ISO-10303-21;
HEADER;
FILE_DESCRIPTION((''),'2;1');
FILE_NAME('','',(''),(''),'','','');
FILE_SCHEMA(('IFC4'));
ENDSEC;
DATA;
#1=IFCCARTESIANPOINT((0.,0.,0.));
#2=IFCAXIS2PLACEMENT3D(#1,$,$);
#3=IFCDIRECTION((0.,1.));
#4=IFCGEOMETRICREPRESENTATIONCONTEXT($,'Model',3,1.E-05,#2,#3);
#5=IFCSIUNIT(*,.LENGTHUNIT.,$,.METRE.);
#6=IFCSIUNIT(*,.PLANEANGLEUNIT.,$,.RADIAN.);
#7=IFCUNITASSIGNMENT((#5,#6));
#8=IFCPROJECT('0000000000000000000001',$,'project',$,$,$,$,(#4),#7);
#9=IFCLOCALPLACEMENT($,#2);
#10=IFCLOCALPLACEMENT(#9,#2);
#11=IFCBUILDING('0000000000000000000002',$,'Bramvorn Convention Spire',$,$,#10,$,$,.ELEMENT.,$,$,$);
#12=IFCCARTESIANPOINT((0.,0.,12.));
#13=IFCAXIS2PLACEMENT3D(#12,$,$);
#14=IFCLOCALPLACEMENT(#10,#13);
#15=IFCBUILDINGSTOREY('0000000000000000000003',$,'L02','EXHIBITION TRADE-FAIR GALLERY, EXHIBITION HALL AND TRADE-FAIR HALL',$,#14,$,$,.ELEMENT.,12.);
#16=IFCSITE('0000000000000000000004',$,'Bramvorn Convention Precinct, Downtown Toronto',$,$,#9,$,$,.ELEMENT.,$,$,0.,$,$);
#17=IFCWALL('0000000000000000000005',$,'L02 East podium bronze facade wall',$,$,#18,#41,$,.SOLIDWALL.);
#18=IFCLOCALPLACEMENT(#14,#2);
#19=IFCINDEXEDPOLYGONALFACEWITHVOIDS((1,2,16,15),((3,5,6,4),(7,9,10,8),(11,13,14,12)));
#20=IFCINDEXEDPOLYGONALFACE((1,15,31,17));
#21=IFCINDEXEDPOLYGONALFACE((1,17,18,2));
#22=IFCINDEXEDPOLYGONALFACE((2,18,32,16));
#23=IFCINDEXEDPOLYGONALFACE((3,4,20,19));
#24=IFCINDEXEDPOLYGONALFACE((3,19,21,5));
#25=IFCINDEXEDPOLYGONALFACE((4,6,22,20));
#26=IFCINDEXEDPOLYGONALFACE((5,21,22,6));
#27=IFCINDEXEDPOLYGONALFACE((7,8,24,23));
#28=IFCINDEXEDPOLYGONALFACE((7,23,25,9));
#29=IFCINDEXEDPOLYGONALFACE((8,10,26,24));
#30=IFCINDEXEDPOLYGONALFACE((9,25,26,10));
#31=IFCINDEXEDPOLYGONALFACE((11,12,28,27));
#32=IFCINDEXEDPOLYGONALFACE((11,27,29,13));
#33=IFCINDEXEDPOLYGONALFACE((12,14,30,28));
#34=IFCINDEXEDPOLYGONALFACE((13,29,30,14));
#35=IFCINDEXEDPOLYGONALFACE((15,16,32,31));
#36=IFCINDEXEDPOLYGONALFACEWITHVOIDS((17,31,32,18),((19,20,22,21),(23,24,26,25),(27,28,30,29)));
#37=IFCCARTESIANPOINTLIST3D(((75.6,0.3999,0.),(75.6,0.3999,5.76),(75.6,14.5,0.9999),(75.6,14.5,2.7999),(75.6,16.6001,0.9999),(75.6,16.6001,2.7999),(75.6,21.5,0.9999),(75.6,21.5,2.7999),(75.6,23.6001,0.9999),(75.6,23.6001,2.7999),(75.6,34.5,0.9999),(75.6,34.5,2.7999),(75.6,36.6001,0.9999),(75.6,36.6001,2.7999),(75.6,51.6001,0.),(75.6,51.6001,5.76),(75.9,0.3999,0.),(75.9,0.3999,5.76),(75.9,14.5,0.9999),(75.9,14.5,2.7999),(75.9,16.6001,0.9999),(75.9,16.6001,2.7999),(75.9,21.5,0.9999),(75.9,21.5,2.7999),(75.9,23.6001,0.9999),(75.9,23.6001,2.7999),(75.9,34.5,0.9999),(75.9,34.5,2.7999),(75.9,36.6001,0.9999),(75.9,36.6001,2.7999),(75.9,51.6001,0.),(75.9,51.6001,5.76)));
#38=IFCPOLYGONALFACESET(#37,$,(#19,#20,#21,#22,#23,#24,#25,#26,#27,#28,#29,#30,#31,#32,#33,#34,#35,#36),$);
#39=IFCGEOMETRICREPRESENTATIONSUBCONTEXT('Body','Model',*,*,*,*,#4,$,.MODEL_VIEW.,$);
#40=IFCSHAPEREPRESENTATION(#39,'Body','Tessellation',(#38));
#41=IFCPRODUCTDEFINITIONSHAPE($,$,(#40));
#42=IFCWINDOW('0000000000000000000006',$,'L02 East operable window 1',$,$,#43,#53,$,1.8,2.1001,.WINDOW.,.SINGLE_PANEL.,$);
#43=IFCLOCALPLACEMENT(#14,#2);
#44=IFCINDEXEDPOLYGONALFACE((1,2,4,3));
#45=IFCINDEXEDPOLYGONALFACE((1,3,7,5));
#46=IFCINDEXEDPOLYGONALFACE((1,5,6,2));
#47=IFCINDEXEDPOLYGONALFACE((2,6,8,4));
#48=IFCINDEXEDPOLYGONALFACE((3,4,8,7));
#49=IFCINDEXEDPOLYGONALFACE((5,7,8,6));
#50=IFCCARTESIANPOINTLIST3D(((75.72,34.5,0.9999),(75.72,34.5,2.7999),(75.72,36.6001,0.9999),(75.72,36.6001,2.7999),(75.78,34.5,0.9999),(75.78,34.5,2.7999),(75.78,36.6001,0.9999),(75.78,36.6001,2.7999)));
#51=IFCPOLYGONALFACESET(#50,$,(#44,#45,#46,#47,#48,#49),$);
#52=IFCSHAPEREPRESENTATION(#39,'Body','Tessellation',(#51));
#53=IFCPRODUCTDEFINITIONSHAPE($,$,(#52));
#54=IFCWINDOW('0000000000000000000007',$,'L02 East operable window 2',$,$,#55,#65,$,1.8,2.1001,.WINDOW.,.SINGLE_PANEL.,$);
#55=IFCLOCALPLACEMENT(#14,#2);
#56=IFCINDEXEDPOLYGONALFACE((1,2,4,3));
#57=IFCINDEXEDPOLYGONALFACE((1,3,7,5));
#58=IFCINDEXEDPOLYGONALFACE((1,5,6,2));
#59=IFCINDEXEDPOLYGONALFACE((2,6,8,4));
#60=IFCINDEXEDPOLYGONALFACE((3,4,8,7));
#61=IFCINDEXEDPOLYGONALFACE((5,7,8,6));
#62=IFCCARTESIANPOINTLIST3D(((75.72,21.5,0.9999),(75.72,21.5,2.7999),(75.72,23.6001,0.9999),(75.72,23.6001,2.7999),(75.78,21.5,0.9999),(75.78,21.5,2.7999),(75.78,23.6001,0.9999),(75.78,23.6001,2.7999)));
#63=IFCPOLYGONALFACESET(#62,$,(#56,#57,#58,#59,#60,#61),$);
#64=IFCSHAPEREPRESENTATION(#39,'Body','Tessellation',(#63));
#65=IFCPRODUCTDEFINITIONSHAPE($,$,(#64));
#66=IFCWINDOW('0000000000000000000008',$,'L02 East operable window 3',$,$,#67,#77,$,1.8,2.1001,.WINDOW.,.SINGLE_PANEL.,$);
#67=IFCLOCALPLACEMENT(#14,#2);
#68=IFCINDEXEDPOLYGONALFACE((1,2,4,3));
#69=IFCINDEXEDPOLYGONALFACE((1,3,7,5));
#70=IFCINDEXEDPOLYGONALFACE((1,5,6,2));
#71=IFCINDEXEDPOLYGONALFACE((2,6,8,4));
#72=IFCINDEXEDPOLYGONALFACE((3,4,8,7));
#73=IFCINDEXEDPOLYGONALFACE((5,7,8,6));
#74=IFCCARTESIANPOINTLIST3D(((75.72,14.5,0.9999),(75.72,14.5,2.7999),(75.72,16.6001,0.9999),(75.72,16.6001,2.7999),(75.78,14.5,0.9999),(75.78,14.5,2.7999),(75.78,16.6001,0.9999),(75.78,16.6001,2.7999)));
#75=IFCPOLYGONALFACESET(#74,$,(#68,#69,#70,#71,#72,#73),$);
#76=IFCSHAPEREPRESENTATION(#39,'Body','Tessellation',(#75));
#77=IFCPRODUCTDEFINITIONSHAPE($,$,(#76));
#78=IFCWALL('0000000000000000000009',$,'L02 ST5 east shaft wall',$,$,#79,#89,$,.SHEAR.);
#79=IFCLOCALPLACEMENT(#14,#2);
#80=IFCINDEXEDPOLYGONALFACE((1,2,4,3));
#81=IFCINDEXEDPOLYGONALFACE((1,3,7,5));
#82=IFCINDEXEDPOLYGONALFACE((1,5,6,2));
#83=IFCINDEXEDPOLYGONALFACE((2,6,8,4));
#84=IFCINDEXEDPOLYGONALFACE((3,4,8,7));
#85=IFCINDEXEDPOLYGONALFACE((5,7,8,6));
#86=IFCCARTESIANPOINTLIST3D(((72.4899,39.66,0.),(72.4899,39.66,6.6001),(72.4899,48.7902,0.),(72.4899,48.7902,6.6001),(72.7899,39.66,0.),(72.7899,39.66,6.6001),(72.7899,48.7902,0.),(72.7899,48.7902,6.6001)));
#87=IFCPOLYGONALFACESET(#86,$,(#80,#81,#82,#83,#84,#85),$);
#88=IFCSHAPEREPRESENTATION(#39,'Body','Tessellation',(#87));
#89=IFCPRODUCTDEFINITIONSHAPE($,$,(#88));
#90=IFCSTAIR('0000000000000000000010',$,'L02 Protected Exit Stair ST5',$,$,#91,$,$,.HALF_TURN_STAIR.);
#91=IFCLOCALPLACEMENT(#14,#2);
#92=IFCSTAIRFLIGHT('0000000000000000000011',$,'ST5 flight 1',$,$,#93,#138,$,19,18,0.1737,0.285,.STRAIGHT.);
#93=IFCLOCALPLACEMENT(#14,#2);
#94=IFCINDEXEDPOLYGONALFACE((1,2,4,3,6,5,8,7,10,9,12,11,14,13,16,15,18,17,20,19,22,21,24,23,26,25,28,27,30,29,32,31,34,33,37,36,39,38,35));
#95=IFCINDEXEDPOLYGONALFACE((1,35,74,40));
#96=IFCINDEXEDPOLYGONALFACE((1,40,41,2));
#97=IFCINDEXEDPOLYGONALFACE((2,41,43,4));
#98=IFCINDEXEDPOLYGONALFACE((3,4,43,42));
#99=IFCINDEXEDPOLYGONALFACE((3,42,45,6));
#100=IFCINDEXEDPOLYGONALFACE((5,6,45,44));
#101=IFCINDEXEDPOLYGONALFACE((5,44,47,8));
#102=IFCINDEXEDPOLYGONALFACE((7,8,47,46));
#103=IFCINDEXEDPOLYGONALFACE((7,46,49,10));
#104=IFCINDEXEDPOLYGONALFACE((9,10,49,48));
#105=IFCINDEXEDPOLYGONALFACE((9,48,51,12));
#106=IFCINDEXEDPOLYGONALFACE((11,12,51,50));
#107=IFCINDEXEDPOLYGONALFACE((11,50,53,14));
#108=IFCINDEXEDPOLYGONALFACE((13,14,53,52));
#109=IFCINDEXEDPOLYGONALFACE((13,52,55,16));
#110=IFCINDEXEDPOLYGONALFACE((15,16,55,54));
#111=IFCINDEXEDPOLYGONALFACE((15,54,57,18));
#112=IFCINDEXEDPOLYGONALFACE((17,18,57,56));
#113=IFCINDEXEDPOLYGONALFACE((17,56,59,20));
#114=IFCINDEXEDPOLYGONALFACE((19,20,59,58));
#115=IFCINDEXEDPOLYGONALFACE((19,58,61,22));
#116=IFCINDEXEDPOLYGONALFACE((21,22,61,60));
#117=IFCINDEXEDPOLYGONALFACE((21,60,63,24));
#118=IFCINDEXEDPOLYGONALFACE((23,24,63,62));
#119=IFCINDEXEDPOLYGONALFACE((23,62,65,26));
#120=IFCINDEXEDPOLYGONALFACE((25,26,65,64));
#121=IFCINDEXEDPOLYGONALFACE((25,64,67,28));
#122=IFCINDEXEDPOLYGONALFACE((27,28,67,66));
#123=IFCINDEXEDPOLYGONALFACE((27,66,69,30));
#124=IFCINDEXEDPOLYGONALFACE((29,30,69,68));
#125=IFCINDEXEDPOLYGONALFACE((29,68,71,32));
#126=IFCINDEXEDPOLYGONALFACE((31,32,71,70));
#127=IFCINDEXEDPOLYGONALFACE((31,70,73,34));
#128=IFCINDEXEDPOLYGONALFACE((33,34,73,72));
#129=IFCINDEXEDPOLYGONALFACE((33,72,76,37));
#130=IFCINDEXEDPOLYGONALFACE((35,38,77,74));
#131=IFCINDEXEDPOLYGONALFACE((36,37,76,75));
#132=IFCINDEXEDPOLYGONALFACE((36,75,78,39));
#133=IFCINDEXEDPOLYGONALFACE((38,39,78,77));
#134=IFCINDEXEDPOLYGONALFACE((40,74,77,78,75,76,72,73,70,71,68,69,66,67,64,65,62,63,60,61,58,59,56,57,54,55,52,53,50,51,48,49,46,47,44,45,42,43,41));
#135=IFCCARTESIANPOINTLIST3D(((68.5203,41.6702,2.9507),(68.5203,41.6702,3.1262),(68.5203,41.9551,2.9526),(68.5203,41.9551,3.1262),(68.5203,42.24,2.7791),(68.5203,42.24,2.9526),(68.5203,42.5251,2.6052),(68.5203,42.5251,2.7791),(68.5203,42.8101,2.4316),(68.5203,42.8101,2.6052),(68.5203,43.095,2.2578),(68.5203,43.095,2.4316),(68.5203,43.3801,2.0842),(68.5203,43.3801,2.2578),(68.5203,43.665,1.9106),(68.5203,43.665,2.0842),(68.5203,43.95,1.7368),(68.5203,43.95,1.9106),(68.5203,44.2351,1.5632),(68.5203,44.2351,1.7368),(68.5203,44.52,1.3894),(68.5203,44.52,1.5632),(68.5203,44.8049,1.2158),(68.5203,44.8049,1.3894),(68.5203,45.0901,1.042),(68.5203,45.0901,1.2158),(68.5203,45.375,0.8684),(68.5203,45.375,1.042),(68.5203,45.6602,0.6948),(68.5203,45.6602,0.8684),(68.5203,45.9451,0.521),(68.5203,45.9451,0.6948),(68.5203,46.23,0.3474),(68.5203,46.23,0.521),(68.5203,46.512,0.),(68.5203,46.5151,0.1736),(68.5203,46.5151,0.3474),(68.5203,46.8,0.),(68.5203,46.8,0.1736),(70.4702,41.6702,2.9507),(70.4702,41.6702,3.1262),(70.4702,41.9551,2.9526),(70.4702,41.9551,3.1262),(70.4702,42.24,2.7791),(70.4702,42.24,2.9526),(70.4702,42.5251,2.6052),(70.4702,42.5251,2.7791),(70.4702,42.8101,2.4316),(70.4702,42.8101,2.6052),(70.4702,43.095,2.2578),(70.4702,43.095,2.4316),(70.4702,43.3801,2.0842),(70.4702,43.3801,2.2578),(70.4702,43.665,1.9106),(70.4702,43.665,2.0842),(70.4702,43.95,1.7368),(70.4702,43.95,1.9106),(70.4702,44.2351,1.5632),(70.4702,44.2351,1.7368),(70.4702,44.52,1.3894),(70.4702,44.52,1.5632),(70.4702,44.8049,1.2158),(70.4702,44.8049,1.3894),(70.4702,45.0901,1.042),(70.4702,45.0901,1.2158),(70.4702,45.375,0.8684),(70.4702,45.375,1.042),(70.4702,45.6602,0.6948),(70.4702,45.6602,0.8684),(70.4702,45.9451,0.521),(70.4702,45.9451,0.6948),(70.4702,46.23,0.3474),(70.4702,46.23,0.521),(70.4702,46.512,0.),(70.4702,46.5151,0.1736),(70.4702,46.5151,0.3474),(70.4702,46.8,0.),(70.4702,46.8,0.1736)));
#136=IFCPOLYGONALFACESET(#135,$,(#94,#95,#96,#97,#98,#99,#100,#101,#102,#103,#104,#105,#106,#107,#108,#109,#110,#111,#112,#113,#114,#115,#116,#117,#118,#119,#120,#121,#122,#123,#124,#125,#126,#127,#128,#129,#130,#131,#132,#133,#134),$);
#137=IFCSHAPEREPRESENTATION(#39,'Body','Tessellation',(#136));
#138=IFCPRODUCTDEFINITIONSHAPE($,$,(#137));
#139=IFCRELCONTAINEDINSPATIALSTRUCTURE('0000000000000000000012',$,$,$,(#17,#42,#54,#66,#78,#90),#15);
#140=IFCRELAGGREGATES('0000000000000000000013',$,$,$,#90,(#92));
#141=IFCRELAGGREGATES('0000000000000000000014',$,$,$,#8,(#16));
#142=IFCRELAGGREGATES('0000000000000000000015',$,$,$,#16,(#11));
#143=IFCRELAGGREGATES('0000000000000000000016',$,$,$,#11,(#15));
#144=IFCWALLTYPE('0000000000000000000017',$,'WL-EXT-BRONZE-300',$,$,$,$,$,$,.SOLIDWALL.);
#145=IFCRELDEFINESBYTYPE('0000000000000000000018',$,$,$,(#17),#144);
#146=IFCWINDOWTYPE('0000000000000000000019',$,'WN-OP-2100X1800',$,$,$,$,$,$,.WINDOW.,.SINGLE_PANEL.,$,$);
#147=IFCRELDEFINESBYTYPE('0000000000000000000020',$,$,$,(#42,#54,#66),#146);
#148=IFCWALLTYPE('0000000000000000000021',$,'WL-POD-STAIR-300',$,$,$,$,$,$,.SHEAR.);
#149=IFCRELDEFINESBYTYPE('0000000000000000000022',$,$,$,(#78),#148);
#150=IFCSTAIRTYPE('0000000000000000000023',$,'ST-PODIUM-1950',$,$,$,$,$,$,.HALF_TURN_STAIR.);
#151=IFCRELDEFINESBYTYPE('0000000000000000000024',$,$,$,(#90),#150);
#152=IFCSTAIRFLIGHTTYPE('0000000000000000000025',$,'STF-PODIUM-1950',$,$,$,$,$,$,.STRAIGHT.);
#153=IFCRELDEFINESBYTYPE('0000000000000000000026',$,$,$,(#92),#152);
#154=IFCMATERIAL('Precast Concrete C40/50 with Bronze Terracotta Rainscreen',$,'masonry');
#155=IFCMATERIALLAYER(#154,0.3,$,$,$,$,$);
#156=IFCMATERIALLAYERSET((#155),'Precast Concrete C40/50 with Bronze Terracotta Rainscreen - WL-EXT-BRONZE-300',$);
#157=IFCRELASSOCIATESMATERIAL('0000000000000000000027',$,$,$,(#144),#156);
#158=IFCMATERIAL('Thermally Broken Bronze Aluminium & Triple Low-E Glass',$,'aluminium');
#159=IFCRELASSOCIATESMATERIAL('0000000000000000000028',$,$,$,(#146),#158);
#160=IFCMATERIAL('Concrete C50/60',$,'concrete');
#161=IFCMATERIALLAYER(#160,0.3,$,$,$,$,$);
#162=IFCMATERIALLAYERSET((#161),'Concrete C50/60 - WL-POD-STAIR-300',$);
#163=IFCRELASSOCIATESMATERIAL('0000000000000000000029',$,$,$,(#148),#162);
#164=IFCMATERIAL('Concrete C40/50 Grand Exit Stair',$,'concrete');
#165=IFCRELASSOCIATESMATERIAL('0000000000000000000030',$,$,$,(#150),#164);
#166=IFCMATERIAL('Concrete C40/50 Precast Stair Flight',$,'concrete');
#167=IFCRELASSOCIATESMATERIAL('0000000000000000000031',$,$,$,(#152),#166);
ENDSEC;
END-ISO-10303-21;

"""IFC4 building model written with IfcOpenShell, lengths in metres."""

from ifc_helpers import new_model, si_unit, direction, frame, frame_2d, origin, place, context, subcontext, project, spatial, polyline, rectangle, outline, extrude, material, layer, layer_set, type_object, element, fill, aggregate, save


model = new_model("IFC4")

# Units and contexts
model_context = context("Model", 3, precision=1e-05, world=origin(), true_north=direction((0.0, 1.0)))
body_context = subcontext(model_context, "Body", "Model", "MODEL_VIEW")
ifc_project = project(units=[si_unit("LENGTHUNIT", "METRE"), si_unit("PLANEANGLEUNIT", "RADIAN")], contexts=[model_context])

# Site, building, storey
site_placement = place(None, origin())
site = spatial("IfcSite", under=ifc_project, at=site_placement, Name="Bramvorn Convention Precinct, Downtown Toronto", CompositionType="ELEMENT", RefElevation=0.0)
building_placement = place(site_placement, origin())
building = spatial("IfcBuilding", under=site, at=building_placement, Name="Bramvorn Convention Spire", CompositionType="ELEMENT")
storey_placement = place(building_placement, frame((0.0, 0.0, 12.0)))
storey = spatial("IfcBuildingStorey", under=building, at=storey_placement, Name="L02", Description="EXHIBITION TRADE-FAIR GALLERY, EXHIBITION HALL AND TRADE-FAIR HALL", CompositionType="ELEMENT", Elevation=12.0)

# Wall, openings, windows
ifc_material_1 = material(Name="Precast Concrete C40/50 with Bronze Terracotta Rainscreen", Category="masonry")
ifc_layer_1 = layer(ifc_material_1, 0.3)
ifc_layer_set_1 = layer_set([ifc_layer_1], Name="Precast Concrete C40/50 with Bronze Terracotta Rainscreen - WL-EXT-BRONZE-300")
wall_type_1 = type_object("IfcWallType", Name="WL-EXT-BRONZE-300", PredefinedType="SOLIDWALL", material=ifc_layer_set_1)
wall_1_placement = place(storey_placement, frame((75.75, 51.6001, 0.0), z_axis=(0.0, 0.0, 1.0), x_axis=(0.0, -1.0, 0.0)))
wall_1 = element("IfcWall", 1, at=wall_1_placement, inside=storey, type_object=wall_type_1, Name="L02 East podium bronze facade wall", PredefinedType="SOLIDWALL", context=body_context, shape_type="SweptSolid", body=[
    extrude(rectangle(XDim=51.2002, YDim=0.3, at=frame_2d((25.6001, 0.0))), origin(), (0.0, 0.0, 1.0), 5.76),
])
opening_1_placement = place(wall_1_placement, frame((15.0, 0.0, 1.0)))
opening_1 = element("IfcOpeningElement", 2, at=opening_1_placement, cuts=wall_1, PredefinedType="OPENING", context=body_context, shape_type="SweptSolid", body=[
    extrude(rectangle(XDim=2.1001, YDim=1.8, at=frame_2d((1.05, 0.8999))), frame((0.0, 0.1599, 0.0), z_axis=(0.0, -1.0, 0.0), x_axis=(1.0, 0.0, 0.0)), (0.0, 0.0, 1.0), 0.3201),
])
opening_2_placement = place(wall_1_placement, frame((28.0, 0.0, 1.0)))
opening_2 = element("IfcOpeningElement", 3, at=opening_2_placement, cuts=wall_1, PredefinedType="OPENING", context=body_context, shape_type="SweptSolid", body=[
    extrude(rectangle(XDim=2.1001, YDim=1.8, at=frame_2d((1.05, 0.8999))), frame((0.0, 0.1599, 0.0), z_axis=(0.0, -1.0, 0.0), x_axis=(1.0, 0.0, 0.0)), (0.0, 0.0, 1.0), 0.3201),
])
opening_3_placement = place(wall_1_placement, frame((35.0, 0.0, 1.0)))
opening_3 = element("IfcOpeningElement", 4, at=opening_3_placement, cuts=wall_1, PredefinedType="OPENING", context=body_context, shape_type="SweptSolid", body=[
    extrude(rectangle(XDim=2.1001, YDim=1.8, at=frame_2d((1.05, 0.8999))), frame((0.0, 0.1599, 0.0), z_axis=(0.0, -1.0, 0.0), x_axis=(1.0, 0.0, 0.0)), (0.0, 0.0, 1.0), 0.3201),
])
ifc_material_2 = material(Name="Thermally Broken Bronze Aluminium & Triple Low-E Glass", Category="aluminium")
window_type = type_object("IfcWindowType", Name="WN-OP-2100X1800", PartitioningType="SINGLE_PANEL", PredefinedType="WINDOW", material=ifc_material_2)
window_1_placement = place(opening_1_placement, origin())
window_1 = element("IfcWindow", 5, at=window_1_placement, inside=storey, type_object=window_type, Name="L02 East operable window 1", OverallHeight=1.8, OverallWidth=2.1001, PartitioningType="SINGLE_PANEL", PredefinedType="WINDOW", context=body_context, shape_type="SweptSolid", body=[
    extrude(rectangle(XDim=2.1001, YDim=1.8, at=frame_2d((1.05, 0.8999))), frame((0.0, 0.03, 0.0), z_axis=(0.0, -1.0, 0.0), x_axis=(1.0, 0.0, 0.0)), (0.0, 0.0, 1.0), 0.0601),
])
fill(opening_1, window_1)
window_2_placement = place(opening_2_placement, origin())
window_2 = element("IfcWindow", 6, at=window_2_placement, inside=storey, type_object=window_type, Name="L02 East operable window 2", OverallHeight=1.8, OverallWidth=2.1001, PartitioningType="SINGLE_PANEL", PredefinedType="WINDOW", context=body_context, shape_type="SweptSolid", body=[
    extrude(rectangle(XDim=2.1001, YDim=1.8, at=frame_2d((1.05, 0.8999))), frame((0.0, 0.03, 0.0), z_axis=(0.0, -1.0, 0.0), x_axis=(1.0, 0.0, 0.0)), (0.0, 0.0, 1.0), 0.0601),
])
fill(opening_2, window_2)
window_3_placement = place(opening_3_placement, origin())
window_3 = element("IfcWindow", 7, at=window_3_placement, inside=storey, type_object=window_type, Name="L02 East operable window 3", OverallHeight=1.8, OverallWidth=2.1001, PartitioningType="SINGLE_PANEL", PredefinedType="WINDOW", context=body_context, shape_type="SweptSolid", body=[
    extrude(rectangle(XDim=2.1001, YDim=1.8, at=frame_2d((1.05, 0.8999))), frame((0.0, 0.03, 0.0), z_axis=(0.0, -1.0, 0.0), x_axis=(1.0, 0.0, 0.0)), (0.0, 0.0, 1.0), 0.0601),
])
fill(opening_3, window_3)

# Wall
ifc_material_3 = material(Name="Concrete C50/60", Category="concrete")
ifc_layer_2 = layer(ifc_material_3, 0.3)
ifc_layer_set_2 = layer_set([ifc_layer_2], Name="Concrete C50/60 - WL-POD-STAIR-300")
wall_type_2 = type_object("IfcWallType", Name="WL-POD-STAIR-300", PredefinedType="SHEAR", material=ifc_layer_set_2)
wall_2_placement = place(storey_placement, frame((72.6399, 48.79, 0.0), z_axis=(0.0, 0.0, 1.0), x_axis=(0.0, -1.0, 0.0)))
element("IfcWall", 8, at=wall_2_placement, inside=storey, type_object=wall_type_2, Name="L02 ST5 east shaft wall", PredefinedType="SHEAR", context=body_context, shape_type="SweptSolid", body=[
    extrude(rectangle(XDim=9.1301, YDim=0.3, at=frame_2d((4.5649, 0.0))), origin(), (0.0, 0.0, 1.0), 6.6001),
])

# Stair, stair flight
ifc_material_4 = material(Name="Concrete C40/50 Grand Exit Stair", Category="concrete")
stair_type = type_object("IfcStairType", Name="ST-PODIUM-1950", PredefinedType="HALF_TURN_STAIR", material=ifc_material_4)
stair_placement = place(storey_placement, origin())
stair = element("IfcStair", 9, at=stair_placement, inside=storey, type_object=stair_type, Name="L02 Protected Exit Stair ST5", PredefinedType="HALF_TURN_STAIR")
ifc_material_5 = material(Name="Concrete C40/50 Precast Stair Flight", Category="concrete")
stair_flight_type = type_object("IfcStairFlightType", Name="STF-PODIUM-1950", PredefinedType="STRAIGHT", material=ifc_material_5)
stair_flight_1_placement = place(storey_placement, frame((69.4951, 46.8, 0.0), z_axis=(0.0, 0.0, 1.0), x_axis=(0.0, -1.0, 0.0)))
stair_flight_1 = element("IfcStairFlight", 10, at=stair_flight_1_placement, type_object=stair_flight_type, Name="ST5 flight 1", NumberOfRisers=19, NumberOfTreads=18, PredefinedType="STRAIGHT", RiserHeight=0.1737, TreadLength=0.285, context=body_context, shape_type="SweptSolid", body=[
    extrude(outline(polyline([(0.0, 0.0), (0.0, 0.1736), (0.2849, 0.1736), (0.2849, 0.3474), (0.5701, 0.3474), (0.5701, 0.521), (0.855, 0.521), (0.855, 0.6948), (1.1399, 0.6948), (1.1399, 0.8684), (1.425, 0.8684), (1.425, 1.042), (1.71, 1.042), (1.71, 1.2158), (1.9951, 1.2158), (1.9951, 1.3894), (2.28, 1.3894), (2.28, 1.5632), (2.5649, 1.5632), (2.5649, 1.7368), (2.8501, 1.7368), (2.8501, 1.9106), (3.135, 1.9106), (3.135, 2.0842), (3.4199, 2.0842), (3.4199, 2.2578), (3.7051, 2.2578), (3.7051, 2.4316), (3.99, 2.4316), (3.99, 2.6052), (4.2749, 2.6052), (4.2749, 2.7791), (4.5601, 2.7791), (4.5601, 2.9526), (4.845, 2.9526), (4.845, 3.1262), (5.1299, 3.1262), (5.1299, 3.3), (5.1299, 2.9507), (0.2881, 0.0), (0.0, 0.0)])), frame((0.0, 0.9751, 0.0), z_axis=(0.0, -1.0, 0.0), x_axis=(1.0, 0.0, 0.0)), (0.0, 0.0, 1.0), 1.95),
])
aggregate(stair, [stair_flight_1])

save(model, "model.ifc")
